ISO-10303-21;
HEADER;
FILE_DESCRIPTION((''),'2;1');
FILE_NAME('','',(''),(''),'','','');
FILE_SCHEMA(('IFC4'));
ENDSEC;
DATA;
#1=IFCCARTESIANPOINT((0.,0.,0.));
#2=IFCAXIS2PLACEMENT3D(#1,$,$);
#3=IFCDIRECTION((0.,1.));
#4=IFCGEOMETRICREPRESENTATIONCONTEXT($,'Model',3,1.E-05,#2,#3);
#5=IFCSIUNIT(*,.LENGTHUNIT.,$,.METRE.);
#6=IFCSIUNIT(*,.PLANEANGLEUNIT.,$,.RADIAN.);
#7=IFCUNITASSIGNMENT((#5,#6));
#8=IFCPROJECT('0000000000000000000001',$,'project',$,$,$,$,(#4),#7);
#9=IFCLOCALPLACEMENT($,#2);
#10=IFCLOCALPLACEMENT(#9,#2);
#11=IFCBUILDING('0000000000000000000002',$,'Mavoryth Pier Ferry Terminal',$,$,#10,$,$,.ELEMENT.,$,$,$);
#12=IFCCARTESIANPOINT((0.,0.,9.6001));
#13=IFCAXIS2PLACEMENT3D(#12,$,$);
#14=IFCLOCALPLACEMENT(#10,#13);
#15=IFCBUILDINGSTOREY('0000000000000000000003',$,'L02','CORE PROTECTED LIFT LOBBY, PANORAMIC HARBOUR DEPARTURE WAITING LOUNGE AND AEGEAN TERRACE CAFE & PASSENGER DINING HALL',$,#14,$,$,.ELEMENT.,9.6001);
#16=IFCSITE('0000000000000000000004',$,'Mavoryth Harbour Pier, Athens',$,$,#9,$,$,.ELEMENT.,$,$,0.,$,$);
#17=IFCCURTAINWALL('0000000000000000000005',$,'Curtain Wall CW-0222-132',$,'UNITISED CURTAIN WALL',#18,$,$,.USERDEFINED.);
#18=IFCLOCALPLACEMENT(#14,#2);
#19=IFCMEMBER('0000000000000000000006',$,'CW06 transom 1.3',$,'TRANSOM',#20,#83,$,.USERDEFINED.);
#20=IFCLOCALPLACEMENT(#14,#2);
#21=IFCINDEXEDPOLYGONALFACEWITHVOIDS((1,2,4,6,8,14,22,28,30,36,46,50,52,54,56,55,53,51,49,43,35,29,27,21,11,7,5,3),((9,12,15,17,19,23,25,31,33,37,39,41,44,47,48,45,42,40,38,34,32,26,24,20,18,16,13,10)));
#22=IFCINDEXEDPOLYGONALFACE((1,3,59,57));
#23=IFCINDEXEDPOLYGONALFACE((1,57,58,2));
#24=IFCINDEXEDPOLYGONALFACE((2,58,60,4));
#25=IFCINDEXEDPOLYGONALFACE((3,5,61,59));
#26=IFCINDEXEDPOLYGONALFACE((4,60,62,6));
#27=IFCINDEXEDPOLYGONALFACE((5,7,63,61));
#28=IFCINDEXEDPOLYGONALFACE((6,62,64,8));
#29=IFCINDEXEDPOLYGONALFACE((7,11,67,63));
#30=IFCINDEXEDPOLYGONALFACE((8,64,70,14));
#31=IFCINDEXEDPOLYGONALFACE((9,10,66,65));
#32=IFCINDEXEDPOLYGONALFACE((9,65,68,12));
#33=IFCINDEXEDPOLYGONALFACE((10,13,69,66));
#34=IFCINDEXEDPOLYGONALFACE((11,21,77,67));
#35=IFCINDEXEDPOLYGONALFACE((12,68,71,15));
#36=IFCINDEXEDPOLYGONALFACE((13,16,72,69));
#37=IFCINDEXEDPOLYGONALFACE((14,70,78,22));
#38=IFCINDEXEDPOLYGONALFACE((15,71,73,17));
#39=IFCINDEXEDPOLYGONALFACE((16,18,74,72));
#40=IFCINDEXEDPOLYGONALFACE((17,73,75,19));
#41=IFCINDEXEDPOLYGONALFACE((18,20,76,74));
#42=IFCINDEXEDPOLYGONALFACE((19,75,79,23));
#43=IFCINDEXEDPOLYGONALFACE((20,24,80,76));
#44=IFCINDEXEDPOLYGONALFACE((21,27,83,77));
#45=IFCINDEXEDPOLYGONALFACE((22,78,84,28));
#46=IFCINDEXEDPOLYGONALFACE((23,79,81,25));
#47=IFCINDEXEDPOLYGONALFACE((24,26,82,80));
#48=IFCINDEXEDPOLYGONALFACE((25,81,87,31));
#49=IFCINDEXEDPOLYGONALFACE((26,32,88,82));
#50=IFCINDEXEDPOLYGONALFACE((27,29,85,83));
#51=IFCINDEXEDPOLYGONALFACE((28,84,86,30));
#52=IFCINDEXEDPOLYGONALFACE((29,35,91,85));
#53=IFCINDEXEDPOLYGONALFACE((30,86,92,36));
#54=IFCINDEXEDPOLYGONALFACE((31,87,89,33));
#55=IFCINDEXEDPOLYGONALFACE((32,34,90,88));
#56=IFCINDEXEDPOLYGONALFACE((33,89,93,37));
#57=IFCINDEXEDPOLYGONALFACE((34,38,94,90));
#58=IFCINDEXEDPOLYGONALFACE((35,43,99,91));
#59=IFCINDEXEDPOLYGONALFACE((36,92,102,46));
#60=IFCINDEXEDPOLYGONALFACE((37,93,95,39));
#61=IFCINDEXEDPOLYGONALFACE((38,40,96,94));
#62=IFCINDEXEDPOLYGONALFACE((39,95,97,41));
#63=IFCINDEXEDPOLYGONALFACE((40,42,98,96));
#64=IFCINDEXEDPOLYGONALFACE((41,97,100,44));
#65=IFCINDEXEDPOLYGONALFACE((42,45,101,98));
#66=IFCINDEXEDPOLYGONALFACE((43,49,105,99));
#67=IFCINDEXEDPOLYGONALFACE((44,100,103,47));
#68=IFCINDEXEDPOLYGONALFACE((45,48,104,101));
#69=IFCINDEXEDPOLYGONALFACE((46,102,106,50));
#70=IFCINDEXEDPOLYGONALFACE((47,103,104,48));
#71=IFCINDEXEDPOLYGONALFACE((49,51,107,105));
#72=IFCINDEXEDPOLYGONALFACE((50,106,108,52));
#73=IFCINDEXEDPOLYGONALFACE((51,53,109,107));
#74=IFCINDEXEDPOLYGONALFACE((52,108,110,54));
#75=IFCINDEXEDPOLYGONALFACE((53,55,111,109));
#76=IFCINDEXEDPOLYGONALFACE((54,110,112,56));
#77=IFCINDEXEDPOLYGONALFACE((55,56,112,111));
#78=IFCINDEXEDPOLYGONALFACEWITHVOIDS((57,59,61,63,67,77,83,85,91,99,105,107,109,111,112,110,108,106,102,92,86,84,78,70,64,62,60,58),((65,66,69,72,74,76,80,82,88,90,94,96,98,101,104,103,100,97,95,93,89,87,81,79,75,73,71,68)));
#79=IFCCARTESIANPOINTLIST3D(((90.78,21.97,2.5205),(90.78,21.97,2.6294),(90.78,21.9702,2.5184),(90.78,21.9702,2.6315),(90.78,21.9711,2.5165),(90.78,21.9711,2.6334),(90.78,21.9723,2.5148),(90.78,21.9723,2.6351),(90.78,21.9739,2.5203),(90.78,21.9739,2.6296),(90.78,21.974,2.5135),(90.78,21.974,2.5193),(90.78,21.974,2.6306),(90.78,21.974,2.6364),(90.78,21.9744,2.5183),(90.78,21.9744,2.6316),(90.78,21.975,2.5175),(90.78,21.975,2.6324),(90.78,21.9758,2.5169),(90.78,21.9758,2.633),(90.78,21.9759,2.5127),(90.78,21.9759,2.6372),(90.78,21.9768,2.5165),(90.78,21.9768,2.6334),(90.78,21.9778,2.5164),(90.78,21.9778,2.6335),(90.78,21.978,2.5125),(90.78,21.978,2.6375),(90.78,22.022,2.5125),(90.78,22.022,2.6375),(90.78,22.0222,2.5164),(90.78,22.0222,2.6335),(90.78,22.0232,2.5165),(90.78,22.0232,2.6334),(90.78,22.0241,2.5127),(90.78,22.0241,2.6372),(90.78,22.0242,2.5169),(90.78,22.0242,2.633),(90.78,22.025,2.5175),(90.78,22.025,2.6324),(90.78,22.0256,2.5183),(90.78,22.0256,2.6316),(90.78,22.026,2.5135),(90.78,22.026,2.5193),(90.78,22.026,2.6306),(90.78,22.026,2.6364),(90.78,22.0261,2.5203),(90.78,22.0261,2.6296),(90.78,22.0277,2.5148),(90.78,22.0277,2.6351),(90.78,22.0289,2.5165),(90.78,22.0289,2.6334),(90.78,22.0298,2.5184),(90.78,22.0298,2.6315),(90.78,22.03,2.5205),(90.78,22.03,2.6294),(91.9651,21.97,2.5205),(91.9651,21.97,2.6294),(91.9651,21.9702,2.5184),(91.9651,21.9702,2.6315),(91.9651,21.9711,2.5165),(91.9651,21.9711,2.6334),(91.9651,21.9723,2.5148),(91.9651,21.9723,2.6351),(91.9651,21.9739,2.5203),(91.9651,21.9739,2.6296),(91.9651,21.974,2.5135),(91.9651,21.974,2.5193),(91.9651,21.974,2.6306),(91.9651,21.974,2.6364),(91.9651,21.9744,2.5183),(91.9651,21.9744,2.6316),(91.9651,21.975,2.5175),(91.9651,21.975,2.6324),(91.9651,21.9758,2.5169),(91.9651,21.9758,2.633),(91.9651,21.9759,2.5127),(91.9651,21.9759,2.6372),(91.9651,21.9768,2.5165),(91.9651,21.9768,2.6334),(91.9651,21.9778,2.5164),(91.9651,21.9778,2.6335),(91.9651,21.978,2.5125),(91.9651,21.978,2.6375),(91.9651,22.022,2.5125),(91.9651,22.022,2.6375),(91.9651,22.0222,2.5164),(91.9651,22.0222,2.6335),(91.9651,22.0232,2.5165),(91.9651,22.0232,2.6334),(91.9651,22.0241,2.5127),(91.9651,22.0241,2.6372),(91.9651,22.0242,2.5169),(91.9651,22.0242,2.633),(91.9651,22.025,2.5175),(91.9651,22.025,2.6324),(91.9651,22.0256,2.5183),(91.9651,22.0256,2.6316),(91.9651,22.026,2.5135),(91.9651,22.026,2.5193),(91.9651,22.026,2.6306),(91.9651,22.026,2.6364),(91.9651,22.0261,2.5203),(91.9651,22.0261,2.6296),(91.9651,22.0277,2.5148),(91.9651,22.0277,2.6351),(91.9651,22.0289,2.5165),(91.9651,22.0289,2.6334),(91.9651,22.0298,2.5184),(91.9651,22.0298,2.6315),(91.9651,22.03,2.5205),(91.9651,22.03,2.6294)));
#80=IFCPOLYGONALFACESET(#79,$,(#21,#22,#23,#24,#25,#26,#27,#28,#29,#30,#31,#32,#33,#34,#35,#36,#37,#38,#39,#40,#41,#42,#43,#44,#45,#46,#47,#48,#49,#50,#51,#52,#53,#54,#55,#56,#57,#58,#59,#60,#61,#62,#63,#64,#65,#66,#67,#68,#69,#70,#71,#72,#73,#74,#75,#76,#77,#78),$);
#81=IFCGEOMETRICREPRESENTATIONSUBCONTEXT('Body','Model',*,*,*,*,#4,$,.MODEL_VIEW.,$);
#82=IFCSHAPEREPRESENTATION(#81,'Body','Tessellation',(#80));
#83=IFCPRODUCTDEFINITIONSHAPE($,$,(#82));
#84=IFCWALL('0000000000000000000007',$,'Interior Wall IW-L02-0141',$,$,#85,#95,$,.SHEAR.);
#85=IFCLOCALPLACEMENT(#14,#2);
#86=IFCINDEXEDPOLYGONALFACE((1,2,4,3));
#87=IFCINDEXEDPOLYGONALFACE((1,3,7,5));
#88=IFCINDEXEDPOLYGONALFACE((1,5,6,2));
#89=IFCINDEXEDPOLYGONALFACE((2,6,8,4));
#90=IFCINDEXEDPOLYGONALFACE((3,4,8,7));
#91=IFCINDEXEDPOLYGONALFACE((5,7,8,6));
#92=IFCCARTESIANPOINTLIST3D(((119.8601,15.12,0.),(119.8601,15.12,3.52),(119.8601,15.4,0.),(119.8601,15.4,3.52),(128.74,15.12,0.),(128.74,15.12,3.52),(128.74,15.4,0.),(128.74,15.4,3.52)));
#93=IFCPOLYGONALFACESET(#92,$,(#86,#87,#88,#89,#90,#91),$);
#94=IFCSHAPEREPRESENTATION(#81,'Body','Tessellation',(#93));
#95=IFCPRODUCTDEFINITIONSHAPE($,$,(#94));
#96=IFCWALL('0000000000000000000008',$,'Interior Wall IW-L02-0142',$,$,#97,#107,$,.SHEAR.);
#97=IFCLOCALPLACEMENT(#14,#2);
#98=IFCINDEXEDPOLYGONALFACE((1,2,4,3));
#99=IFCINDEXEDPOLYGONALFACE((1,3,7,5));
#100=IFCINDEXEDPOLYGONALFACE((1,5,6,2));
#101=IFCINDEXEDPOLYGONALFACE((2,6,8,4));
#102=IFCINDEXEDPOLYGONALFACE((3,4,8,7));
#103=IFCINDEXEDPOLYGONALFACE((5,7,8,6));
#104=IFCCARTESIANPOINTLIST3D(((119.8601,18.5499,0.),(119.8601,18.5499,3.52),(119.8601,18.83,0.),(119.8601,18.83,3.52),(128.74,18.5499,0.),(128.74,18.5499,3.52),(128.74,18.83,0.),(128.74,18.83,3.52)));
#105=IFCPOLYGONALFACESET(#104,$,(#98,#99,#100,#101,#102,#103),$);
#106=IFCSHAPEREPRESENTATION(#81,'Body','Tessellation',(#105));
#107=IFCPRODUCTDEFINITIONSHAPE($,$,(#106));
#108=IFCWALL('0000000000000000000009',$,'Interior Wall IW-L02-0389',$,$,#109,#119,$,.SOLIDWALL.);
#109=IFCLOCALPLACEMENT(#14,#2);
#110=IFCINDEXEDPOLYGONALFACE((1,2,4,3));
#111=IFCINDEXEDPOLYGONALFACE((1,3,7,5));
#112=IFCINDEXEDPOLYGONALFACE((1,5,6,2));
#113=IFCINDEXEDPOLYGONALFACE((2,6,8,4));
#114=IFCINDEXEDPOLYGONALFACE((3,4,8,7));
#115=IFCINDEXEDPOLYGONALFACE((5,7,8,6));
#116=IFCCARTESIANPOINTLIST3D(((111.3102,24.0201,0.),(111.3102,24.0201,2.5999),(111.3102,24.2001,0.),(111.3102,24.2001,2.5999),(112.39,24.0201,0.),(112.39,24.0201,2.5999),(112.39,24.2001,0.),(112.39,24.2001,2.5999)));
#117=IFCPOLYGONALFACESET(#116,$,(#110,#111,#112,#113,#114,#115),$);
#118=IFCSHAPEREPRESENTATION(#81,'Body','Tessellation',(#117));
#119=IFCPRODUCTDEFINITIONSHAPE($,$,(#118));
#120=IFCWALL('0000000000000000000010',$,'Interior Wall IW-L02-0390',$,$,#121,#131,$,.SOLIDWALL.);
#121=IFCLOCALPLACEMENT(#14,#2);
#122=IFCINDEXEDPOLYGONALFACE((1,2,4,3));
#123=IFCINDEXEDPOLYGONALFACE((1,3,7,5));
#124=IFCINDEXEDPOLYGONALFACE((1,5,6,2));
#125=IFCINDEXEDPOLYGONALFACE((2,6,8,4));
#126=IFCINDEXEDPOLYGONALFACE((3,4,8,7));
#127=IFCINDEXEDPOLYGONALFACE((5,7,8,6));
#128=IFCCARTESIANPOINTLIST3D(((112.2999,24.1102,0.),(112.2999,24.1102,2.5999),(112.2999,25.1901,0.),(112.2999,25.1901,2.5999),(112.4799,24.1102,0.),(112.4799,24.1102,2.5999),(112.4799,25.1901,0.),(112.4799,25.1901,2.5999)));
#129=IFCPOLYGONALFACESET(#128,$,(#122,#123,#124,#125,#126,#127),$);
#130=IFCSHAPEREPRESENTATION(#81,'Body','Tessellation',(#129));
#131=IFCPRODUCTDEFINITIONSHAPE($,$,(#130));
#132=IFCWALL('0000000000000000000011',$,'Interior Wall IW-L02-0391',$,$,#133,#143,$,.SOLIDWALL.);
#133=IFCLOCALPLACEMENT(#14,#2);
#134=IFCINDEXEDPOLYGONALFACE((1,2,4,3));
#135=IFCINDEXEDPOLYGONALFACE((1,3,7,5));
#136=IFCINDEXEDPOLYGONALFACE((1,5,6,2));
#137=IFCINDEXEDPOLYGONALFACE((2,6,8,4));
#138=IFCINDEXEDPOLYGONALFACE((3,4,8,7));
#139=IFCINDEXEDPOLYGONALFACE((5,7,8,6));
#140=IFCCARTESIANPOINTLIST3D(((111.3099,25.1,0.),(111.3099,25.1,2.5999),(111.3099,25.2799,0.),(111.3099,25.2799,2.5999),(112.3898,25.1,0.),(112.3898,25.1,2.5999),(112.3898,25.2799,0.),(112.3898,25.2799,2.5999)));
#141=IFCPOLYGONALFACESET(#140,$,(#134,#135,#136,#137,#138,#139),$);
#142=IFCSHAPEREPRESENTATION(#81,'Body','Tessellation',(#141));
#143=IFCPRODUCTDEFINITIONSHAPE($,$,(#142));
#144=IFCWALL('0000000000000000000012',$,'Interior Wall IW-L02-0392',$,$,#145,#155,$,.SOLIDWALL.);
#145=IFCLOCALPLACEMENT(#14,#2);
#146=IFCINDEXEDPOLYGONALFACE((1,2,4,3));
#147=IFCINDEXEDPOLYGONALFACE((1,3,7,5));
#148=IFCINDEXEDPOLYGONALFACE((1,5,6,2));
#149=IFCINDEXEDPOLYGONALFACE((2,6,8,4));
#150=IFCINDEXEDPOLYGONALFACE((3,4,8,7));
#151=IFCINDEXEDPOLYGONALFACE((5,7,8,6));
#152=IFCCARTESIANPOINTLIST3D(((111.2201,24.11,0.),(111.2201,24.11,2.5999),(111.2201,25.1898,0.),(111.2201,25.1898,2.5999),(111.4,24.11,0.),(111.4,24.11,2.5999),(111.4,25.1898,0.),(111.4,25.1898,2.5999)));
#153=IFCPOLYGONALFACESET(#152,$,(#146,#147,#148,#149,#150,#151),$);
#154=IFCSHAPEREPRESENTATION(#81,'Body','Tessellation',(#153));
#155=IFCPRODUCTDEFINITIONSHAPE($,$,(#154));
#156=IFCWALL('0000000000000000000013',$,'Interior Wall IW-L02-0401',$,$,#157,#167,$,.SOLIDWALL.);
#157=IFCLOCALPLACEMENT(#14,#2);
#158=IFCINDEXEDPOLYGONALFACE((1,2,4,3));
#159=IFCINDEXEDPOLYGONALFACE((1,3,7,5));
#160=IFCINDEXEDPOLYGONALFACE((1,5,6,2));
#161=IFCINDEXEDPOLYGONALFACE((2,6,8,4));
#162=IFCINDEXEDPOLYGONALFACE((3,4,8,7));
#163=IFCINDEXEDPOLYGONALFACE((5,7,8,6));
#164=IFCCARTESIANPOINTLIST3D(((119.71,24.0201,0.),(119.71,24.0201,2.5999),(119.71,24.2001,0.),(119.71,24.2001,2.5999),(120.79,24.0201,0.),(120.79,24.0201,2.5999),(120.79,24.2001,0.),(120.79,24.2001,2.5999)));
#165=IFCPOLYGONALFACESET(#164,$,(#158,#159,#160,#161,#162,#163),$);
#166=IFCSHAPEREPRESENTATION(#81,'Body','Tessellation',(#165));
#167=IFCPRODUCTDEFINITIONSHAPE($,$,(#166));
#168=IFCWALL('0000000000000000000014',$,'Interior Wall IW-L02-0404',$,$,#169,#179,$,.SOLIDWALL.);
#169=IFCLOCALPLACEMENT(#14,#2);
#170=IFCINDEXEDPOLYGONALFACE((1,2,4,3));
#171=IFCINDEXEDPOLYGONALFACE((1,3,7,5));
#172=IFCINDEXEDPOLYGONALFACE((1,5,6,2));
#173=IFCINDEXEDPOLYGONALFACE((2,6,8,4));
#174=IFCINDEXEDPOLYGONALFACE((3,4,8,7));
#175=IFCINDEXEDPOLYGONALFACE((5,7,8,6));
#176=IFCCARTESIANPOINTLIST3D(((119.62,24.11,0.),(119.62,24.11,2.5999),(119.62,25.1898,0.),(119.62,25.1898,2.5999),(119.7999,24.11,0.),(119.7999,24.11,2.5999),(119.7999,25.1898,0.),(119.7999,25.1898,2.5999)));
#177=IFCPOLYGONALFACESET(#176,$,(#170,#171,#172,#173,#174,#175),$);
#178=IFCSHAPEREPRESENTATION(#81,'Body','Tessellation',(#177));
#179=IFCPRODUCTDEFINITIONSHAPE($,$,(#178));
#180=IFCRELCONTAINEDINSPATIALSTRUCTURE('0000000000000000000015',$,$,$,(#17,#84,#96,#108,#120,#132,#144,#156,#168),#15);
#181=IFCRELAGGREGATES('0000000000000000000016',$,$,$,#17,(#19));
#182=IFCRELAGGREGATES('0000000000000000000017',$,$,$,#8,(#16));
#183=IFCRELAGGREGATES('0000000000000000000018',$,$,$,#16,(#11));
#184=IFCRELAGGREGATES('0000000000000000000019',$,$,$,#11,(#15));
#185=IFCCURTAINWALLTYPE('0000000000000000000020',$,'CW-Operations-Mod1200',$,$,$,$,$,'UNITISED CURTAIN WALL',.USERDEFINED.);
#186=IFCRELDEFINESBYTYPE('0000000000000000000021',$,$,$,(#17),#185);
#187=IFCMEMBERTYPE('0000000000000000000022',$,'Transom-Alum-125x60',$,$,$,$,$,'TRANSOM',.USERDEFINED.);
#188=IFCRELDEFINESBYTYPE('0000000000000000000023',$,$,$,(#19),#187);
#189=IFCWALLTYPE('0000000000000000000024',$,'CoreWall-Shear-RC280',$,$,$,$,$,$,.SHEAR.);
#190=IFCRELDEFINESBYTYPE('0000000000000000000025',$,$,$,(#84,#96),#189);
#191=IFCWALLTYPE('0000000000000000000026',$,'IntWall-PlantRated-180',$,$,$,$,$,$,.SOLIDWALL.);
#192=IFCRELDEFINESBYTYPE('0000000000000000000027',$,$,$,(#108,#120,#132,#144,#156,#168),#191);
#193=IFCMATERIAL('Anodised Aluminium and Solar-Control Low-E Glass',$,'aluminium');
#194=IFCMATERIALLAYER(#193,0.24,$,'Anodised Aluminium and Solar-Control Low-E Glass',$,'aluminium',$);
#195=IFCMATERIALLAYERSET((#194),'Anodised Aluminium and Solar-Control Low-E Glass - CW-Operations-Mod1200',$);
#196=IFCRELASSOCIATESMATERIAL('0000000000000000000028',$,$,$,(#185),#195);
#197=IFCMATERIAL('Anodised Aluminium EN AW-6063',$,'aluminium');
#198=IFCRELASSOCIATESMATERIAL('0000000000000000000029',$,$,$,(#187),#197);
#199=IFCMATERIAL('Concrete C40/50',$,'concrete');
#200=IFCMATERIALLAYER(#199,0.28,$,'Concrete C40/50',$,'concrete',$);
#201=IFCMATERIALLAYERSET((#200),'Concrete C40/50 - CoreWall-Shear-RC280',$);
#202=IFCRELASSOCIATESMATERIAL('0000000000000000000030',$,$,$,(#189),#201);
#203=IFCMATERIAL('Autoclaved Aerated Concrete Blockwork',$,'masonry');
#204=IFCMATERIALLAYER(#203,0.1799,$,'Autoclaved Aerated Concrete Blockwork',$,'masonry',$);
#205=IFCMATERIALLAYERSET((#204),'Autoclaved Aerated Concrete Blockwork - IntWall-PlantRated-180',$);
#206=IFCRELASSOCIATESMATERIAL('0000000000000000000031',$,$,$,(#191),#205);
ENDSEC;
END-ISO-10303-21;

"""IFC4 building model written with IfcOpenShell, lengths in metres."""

from ifc_helpers import new_model, si_unit, direction, frame, frame_2d, origin, origin_2d, place, context, subcontext, project, spatial, rectangle, hollow_rectangle, extrude, material, layer, layer_set, material_profile, profile_set, type_object, element, aggregate, save


model = new_model("IFC4")

# Units and contexts
model_context = context("Model", 3, precision=1e-05, world=origin(), true_north=direction((0.0, 1.0)))
body_context = subcontext(model_context, "Body", "Model", "MODEL_VIEW")
ifc_project = project(units=[si_unit("LENGTHUNIT", "METRE"), si_unit("PLANEANGLEUNIT", "RADIAN")], contexts=[model_context])

# Site, building, storey
site_placement = place(None, origin())
site = spatial("IfcSite", under=ifc_project, at=site_placement, Name="Mavoryth Harbour Pier, Athens", CompositionType="ELEMENT", RefElevation=0.0)
building_placement = place(site_placement, origin())
building = spatial("IfcBuilding", under=site, at=building_placement, Name="Mavoryth Pier Ferry Terminal", CompositionType="ELEMENT")
storey_placement = place(building_placement, frame((0.0, 0.0, 9.6001)))
storey = spatial("IfcBuildingStorey", under=building, at=storey_placement, Name="L02", Description="CORE PROTECTED LIFT LOBBY, PANORAMIC HARBOUR DEPARTURE WAITING LOUNGE AND AEGEAN TERRACE CAFE & PASSENGER DINING HALL", CompositionType="ELEMENT", Elevation=9.6001)

# Shared definitions
ifc_material_1 = material(Name="Concrete C40/50", Category="concrete")

# Curtain wall
ifc_material_2 = material(Name="Anodised Aluminium and Solar-Control Low-E Glass", Category="aluminium")
ifc_layer_1 = layer(ifc_material_2, 0.24, Name="Anodised Aluminium and Solar-Control Low-E Glass", Category="aluminium")
ifc_layer_set_1 = layer_set([ifc_layer_1], Name="Anodised Aluminium and Solar-Control Low-E Glass - CW-Operations-Mod1200")
curtain_wall_type = type_object("IfcCurtainWallType", Name="CW-Operations-Mod1200", ElementType="UNITISED CURTAIN WALL", PredefinedType="USERDEFINED", material=ifc_layer_set_1)
curtain_wall_placement = place(storey_placement, origin())
curtain_wall = element("IfcCurtainWall", 1, at=curtain_wall_placement, inside=storey, type_object=curtain_wall_type, Name="Curtain Wall CW-0222-132", ObjectType="UNITISED CURTAIN WALL", PredefinedType="USERDEFINED")
ifc_material_3 = material(Name="Anodised Aluminium EN AW-6063", Category="aluminium")

# Member
ifc_material_profile_1 = material_profile(ifc_material_3, hollow_rectangle(XDim=0.0601, YDim=0.125, WallThickness=0.0039, InnerFilletRadius=0.0039, OuterFilletRadius=0.0081, at=origin_2d()), Name="AL-TRAN 125x60x4", Category="aluminium")
ifc_profile_set_1 = profile_set([ifc_material_profile_1], Name="Anodised Aluminium EN AW-6063 - AL-TRAN 125x60x4")
member_type_1 = type_object("IfcMemberType", Name="Transom-Alum-125x60", ElementType="TRANSOM", PredefinedType="USERDEFINED", material=ifc_profile_set_1)
member_1_placement = place(storey_placement, frame((91.9651, 22.0, 2.575), z_axis=(-1.0, 0.0, 0.0), x_axis=(0.0, -1.0, 0.0)))
member_1 = element("IfcMember", 2, at=member_1_placement, type_object=member_type_1, Name="CW06 transom 1.3", ObjectType="TRANSOM", PredefinedType="USERDEFINED", context=body_context, shape_type="SweptSolid", body=[
    extrude(hollow_rectangle(XDim=0.0601, YDim=0.125, WallThickness=0.0039, InnerFilletRadius=0.0039, OuterFilletRadius=0.0081, at=origin_2d()), origin(), (0.0, 0.0, 1.0), 1.1851),
])
aggregate(curtain_wall, [member_1])

# Walls
ifc_layer_2 = layer(ifc_material_1, 0.28, Name="Concrete C40/50", Category="concrete")
ifc_layer_set_2 = layer_set([ifc_layer_2], Name="Concrete C40/50 - CoreWall-Shear-RC280")
wall_type_1 = type_object("IfcWallType", Name="CoreWall-Shear-RC280", PredefinedType="SHEAR", material=ifc_layer_set_2)
for number, where, z_axis, x_axis, name in (
    (3, (119.8601, 15.26, 0.0), (0.0, 0.0, 1.0), (1.0, 0.0, 0.0), "Interior Wall IW-L02-0141"),
    (4, (119.8601, 18.6899, 0.0), (0.0, 0.0, 1.0), (1.0, 0.0, 0.0), "Interior Wall IW-L02-0142"),
):
    element("IfcWall", number, at=place(storey_placement, frame(where, z_axis=z_axis, x_axis=x_axis)), inside=storey, type_object=wall_type_1, Name=name, PredefinedType="SHEAR", context=body_context, shape_type="SweptSolid", body=[
        extrude(rectangle(XDim=8.8799, YDim=0.28, at=frame_2d((4.4399, 0.0))), origin(), (0.0, 0.0, 1.0), 3.52),
    ])
ifc_material_4 = material(Name="Autoclaved Aerated Concrete Blockwork", Category="masonry")
ifc_layer_3 = layer(ifc_material_4, 0.1799, Name="Autoclaved Aerated Concrete Blockwork", Category="masonry")
ifc_layer_set_3 = layer_set([ifc_layer_3], Name="Autoclaved Aerated Concrete Blockwork - IntWall-PlantRated-180")
wall_type_2 = type_object("IfcWallType", Name="IntWall-PlantRated-180", PredefinedType="SOLIDWALL", material=ifc_layer_set_3)
for number, where, z_axis, x_axis, name in (
    (5, (111.3101, 24.1101, 0.0), (0.0, 0.0, 1.0), (1.0, 0.0, 0.0), "Interior Wall IW-L02-0389"),
    (6, (112.3899, 24.1101, 0.0), (0.0, 0.0, 1.0), (0.0, 1.0, 0.0), "Interior Wall IW-L02-0390"),
    (7, (112.3899, 25.1899, 0.0), (0.0, 0.0, 1.0), (-1.0, 0.0, 0.0), "Interior Wall IW-L02-0391"),
    (8, (111.3101, 25.1899, 0.0), (0.0, 0.0, 1.0), (0.0, -1.0, 0.0), "Interior Wall IW-L02-0392"),
):
    element("IfcWall", number, at=place(storey_placement, frame(where, z_axis=z_axis, x_axis=x_axis)), inside=storey, type_object=wall_type_2, Name=name, PredefinedType="SOLIDWALL", context=body_context, shape_type="SweptSolid", body=[
        extrude(rectangle(XDim=1.0798, YDim=0.1799, at=frame_2d((0.54, 0.0))), origin(), (0.0, 0.0, 1.0), 2.5999),
    ])
wall_1_placement = place(storey_placement, frame((119.71, 24.1101, 0.0), z_axis=(0.0, 0.0, 1.0), x_axis=(1.0, 0.0, 0.0)))
element("IfcWall", 9, at=wall_1_placement, inside=storey, type_object=wall_type_2, Name="Interior Wall IW-L02-0401", PredefinedType="SOLIDWALL", context=body_context, shape_type="SweptSolid", body=[
    extrude(rectangle(XDim=1.0801, YDim=0.1799, at=frame_2d((0.54, 0.0))), origin(), (0.0, 0.0, 1.0), 2.5999),
])
wall_2_placement = place(storey_placement, frame((119.71, 25.1899, 0.0), z_axis=(0.0, 0.0, 1.0), x_axis=(0.0, -1.0, 0.0)))
element("IfcWall", 10, at=wall_2_placement, inside=storey, type_object=wall_type_2, Name="Interior Wall IW-L02-0404", PredefinedType="SOLIDWALL", context=body_context, shape_type="SweptSolid", body=[
    extrude(rectangle(XDim=1.0798, YDim=0.1799, at=frame_2d((0.54, 0.0))), origin(), (0.0, 0.0, 1.0), 2.5999),
])

save(model, "model.ifc")
